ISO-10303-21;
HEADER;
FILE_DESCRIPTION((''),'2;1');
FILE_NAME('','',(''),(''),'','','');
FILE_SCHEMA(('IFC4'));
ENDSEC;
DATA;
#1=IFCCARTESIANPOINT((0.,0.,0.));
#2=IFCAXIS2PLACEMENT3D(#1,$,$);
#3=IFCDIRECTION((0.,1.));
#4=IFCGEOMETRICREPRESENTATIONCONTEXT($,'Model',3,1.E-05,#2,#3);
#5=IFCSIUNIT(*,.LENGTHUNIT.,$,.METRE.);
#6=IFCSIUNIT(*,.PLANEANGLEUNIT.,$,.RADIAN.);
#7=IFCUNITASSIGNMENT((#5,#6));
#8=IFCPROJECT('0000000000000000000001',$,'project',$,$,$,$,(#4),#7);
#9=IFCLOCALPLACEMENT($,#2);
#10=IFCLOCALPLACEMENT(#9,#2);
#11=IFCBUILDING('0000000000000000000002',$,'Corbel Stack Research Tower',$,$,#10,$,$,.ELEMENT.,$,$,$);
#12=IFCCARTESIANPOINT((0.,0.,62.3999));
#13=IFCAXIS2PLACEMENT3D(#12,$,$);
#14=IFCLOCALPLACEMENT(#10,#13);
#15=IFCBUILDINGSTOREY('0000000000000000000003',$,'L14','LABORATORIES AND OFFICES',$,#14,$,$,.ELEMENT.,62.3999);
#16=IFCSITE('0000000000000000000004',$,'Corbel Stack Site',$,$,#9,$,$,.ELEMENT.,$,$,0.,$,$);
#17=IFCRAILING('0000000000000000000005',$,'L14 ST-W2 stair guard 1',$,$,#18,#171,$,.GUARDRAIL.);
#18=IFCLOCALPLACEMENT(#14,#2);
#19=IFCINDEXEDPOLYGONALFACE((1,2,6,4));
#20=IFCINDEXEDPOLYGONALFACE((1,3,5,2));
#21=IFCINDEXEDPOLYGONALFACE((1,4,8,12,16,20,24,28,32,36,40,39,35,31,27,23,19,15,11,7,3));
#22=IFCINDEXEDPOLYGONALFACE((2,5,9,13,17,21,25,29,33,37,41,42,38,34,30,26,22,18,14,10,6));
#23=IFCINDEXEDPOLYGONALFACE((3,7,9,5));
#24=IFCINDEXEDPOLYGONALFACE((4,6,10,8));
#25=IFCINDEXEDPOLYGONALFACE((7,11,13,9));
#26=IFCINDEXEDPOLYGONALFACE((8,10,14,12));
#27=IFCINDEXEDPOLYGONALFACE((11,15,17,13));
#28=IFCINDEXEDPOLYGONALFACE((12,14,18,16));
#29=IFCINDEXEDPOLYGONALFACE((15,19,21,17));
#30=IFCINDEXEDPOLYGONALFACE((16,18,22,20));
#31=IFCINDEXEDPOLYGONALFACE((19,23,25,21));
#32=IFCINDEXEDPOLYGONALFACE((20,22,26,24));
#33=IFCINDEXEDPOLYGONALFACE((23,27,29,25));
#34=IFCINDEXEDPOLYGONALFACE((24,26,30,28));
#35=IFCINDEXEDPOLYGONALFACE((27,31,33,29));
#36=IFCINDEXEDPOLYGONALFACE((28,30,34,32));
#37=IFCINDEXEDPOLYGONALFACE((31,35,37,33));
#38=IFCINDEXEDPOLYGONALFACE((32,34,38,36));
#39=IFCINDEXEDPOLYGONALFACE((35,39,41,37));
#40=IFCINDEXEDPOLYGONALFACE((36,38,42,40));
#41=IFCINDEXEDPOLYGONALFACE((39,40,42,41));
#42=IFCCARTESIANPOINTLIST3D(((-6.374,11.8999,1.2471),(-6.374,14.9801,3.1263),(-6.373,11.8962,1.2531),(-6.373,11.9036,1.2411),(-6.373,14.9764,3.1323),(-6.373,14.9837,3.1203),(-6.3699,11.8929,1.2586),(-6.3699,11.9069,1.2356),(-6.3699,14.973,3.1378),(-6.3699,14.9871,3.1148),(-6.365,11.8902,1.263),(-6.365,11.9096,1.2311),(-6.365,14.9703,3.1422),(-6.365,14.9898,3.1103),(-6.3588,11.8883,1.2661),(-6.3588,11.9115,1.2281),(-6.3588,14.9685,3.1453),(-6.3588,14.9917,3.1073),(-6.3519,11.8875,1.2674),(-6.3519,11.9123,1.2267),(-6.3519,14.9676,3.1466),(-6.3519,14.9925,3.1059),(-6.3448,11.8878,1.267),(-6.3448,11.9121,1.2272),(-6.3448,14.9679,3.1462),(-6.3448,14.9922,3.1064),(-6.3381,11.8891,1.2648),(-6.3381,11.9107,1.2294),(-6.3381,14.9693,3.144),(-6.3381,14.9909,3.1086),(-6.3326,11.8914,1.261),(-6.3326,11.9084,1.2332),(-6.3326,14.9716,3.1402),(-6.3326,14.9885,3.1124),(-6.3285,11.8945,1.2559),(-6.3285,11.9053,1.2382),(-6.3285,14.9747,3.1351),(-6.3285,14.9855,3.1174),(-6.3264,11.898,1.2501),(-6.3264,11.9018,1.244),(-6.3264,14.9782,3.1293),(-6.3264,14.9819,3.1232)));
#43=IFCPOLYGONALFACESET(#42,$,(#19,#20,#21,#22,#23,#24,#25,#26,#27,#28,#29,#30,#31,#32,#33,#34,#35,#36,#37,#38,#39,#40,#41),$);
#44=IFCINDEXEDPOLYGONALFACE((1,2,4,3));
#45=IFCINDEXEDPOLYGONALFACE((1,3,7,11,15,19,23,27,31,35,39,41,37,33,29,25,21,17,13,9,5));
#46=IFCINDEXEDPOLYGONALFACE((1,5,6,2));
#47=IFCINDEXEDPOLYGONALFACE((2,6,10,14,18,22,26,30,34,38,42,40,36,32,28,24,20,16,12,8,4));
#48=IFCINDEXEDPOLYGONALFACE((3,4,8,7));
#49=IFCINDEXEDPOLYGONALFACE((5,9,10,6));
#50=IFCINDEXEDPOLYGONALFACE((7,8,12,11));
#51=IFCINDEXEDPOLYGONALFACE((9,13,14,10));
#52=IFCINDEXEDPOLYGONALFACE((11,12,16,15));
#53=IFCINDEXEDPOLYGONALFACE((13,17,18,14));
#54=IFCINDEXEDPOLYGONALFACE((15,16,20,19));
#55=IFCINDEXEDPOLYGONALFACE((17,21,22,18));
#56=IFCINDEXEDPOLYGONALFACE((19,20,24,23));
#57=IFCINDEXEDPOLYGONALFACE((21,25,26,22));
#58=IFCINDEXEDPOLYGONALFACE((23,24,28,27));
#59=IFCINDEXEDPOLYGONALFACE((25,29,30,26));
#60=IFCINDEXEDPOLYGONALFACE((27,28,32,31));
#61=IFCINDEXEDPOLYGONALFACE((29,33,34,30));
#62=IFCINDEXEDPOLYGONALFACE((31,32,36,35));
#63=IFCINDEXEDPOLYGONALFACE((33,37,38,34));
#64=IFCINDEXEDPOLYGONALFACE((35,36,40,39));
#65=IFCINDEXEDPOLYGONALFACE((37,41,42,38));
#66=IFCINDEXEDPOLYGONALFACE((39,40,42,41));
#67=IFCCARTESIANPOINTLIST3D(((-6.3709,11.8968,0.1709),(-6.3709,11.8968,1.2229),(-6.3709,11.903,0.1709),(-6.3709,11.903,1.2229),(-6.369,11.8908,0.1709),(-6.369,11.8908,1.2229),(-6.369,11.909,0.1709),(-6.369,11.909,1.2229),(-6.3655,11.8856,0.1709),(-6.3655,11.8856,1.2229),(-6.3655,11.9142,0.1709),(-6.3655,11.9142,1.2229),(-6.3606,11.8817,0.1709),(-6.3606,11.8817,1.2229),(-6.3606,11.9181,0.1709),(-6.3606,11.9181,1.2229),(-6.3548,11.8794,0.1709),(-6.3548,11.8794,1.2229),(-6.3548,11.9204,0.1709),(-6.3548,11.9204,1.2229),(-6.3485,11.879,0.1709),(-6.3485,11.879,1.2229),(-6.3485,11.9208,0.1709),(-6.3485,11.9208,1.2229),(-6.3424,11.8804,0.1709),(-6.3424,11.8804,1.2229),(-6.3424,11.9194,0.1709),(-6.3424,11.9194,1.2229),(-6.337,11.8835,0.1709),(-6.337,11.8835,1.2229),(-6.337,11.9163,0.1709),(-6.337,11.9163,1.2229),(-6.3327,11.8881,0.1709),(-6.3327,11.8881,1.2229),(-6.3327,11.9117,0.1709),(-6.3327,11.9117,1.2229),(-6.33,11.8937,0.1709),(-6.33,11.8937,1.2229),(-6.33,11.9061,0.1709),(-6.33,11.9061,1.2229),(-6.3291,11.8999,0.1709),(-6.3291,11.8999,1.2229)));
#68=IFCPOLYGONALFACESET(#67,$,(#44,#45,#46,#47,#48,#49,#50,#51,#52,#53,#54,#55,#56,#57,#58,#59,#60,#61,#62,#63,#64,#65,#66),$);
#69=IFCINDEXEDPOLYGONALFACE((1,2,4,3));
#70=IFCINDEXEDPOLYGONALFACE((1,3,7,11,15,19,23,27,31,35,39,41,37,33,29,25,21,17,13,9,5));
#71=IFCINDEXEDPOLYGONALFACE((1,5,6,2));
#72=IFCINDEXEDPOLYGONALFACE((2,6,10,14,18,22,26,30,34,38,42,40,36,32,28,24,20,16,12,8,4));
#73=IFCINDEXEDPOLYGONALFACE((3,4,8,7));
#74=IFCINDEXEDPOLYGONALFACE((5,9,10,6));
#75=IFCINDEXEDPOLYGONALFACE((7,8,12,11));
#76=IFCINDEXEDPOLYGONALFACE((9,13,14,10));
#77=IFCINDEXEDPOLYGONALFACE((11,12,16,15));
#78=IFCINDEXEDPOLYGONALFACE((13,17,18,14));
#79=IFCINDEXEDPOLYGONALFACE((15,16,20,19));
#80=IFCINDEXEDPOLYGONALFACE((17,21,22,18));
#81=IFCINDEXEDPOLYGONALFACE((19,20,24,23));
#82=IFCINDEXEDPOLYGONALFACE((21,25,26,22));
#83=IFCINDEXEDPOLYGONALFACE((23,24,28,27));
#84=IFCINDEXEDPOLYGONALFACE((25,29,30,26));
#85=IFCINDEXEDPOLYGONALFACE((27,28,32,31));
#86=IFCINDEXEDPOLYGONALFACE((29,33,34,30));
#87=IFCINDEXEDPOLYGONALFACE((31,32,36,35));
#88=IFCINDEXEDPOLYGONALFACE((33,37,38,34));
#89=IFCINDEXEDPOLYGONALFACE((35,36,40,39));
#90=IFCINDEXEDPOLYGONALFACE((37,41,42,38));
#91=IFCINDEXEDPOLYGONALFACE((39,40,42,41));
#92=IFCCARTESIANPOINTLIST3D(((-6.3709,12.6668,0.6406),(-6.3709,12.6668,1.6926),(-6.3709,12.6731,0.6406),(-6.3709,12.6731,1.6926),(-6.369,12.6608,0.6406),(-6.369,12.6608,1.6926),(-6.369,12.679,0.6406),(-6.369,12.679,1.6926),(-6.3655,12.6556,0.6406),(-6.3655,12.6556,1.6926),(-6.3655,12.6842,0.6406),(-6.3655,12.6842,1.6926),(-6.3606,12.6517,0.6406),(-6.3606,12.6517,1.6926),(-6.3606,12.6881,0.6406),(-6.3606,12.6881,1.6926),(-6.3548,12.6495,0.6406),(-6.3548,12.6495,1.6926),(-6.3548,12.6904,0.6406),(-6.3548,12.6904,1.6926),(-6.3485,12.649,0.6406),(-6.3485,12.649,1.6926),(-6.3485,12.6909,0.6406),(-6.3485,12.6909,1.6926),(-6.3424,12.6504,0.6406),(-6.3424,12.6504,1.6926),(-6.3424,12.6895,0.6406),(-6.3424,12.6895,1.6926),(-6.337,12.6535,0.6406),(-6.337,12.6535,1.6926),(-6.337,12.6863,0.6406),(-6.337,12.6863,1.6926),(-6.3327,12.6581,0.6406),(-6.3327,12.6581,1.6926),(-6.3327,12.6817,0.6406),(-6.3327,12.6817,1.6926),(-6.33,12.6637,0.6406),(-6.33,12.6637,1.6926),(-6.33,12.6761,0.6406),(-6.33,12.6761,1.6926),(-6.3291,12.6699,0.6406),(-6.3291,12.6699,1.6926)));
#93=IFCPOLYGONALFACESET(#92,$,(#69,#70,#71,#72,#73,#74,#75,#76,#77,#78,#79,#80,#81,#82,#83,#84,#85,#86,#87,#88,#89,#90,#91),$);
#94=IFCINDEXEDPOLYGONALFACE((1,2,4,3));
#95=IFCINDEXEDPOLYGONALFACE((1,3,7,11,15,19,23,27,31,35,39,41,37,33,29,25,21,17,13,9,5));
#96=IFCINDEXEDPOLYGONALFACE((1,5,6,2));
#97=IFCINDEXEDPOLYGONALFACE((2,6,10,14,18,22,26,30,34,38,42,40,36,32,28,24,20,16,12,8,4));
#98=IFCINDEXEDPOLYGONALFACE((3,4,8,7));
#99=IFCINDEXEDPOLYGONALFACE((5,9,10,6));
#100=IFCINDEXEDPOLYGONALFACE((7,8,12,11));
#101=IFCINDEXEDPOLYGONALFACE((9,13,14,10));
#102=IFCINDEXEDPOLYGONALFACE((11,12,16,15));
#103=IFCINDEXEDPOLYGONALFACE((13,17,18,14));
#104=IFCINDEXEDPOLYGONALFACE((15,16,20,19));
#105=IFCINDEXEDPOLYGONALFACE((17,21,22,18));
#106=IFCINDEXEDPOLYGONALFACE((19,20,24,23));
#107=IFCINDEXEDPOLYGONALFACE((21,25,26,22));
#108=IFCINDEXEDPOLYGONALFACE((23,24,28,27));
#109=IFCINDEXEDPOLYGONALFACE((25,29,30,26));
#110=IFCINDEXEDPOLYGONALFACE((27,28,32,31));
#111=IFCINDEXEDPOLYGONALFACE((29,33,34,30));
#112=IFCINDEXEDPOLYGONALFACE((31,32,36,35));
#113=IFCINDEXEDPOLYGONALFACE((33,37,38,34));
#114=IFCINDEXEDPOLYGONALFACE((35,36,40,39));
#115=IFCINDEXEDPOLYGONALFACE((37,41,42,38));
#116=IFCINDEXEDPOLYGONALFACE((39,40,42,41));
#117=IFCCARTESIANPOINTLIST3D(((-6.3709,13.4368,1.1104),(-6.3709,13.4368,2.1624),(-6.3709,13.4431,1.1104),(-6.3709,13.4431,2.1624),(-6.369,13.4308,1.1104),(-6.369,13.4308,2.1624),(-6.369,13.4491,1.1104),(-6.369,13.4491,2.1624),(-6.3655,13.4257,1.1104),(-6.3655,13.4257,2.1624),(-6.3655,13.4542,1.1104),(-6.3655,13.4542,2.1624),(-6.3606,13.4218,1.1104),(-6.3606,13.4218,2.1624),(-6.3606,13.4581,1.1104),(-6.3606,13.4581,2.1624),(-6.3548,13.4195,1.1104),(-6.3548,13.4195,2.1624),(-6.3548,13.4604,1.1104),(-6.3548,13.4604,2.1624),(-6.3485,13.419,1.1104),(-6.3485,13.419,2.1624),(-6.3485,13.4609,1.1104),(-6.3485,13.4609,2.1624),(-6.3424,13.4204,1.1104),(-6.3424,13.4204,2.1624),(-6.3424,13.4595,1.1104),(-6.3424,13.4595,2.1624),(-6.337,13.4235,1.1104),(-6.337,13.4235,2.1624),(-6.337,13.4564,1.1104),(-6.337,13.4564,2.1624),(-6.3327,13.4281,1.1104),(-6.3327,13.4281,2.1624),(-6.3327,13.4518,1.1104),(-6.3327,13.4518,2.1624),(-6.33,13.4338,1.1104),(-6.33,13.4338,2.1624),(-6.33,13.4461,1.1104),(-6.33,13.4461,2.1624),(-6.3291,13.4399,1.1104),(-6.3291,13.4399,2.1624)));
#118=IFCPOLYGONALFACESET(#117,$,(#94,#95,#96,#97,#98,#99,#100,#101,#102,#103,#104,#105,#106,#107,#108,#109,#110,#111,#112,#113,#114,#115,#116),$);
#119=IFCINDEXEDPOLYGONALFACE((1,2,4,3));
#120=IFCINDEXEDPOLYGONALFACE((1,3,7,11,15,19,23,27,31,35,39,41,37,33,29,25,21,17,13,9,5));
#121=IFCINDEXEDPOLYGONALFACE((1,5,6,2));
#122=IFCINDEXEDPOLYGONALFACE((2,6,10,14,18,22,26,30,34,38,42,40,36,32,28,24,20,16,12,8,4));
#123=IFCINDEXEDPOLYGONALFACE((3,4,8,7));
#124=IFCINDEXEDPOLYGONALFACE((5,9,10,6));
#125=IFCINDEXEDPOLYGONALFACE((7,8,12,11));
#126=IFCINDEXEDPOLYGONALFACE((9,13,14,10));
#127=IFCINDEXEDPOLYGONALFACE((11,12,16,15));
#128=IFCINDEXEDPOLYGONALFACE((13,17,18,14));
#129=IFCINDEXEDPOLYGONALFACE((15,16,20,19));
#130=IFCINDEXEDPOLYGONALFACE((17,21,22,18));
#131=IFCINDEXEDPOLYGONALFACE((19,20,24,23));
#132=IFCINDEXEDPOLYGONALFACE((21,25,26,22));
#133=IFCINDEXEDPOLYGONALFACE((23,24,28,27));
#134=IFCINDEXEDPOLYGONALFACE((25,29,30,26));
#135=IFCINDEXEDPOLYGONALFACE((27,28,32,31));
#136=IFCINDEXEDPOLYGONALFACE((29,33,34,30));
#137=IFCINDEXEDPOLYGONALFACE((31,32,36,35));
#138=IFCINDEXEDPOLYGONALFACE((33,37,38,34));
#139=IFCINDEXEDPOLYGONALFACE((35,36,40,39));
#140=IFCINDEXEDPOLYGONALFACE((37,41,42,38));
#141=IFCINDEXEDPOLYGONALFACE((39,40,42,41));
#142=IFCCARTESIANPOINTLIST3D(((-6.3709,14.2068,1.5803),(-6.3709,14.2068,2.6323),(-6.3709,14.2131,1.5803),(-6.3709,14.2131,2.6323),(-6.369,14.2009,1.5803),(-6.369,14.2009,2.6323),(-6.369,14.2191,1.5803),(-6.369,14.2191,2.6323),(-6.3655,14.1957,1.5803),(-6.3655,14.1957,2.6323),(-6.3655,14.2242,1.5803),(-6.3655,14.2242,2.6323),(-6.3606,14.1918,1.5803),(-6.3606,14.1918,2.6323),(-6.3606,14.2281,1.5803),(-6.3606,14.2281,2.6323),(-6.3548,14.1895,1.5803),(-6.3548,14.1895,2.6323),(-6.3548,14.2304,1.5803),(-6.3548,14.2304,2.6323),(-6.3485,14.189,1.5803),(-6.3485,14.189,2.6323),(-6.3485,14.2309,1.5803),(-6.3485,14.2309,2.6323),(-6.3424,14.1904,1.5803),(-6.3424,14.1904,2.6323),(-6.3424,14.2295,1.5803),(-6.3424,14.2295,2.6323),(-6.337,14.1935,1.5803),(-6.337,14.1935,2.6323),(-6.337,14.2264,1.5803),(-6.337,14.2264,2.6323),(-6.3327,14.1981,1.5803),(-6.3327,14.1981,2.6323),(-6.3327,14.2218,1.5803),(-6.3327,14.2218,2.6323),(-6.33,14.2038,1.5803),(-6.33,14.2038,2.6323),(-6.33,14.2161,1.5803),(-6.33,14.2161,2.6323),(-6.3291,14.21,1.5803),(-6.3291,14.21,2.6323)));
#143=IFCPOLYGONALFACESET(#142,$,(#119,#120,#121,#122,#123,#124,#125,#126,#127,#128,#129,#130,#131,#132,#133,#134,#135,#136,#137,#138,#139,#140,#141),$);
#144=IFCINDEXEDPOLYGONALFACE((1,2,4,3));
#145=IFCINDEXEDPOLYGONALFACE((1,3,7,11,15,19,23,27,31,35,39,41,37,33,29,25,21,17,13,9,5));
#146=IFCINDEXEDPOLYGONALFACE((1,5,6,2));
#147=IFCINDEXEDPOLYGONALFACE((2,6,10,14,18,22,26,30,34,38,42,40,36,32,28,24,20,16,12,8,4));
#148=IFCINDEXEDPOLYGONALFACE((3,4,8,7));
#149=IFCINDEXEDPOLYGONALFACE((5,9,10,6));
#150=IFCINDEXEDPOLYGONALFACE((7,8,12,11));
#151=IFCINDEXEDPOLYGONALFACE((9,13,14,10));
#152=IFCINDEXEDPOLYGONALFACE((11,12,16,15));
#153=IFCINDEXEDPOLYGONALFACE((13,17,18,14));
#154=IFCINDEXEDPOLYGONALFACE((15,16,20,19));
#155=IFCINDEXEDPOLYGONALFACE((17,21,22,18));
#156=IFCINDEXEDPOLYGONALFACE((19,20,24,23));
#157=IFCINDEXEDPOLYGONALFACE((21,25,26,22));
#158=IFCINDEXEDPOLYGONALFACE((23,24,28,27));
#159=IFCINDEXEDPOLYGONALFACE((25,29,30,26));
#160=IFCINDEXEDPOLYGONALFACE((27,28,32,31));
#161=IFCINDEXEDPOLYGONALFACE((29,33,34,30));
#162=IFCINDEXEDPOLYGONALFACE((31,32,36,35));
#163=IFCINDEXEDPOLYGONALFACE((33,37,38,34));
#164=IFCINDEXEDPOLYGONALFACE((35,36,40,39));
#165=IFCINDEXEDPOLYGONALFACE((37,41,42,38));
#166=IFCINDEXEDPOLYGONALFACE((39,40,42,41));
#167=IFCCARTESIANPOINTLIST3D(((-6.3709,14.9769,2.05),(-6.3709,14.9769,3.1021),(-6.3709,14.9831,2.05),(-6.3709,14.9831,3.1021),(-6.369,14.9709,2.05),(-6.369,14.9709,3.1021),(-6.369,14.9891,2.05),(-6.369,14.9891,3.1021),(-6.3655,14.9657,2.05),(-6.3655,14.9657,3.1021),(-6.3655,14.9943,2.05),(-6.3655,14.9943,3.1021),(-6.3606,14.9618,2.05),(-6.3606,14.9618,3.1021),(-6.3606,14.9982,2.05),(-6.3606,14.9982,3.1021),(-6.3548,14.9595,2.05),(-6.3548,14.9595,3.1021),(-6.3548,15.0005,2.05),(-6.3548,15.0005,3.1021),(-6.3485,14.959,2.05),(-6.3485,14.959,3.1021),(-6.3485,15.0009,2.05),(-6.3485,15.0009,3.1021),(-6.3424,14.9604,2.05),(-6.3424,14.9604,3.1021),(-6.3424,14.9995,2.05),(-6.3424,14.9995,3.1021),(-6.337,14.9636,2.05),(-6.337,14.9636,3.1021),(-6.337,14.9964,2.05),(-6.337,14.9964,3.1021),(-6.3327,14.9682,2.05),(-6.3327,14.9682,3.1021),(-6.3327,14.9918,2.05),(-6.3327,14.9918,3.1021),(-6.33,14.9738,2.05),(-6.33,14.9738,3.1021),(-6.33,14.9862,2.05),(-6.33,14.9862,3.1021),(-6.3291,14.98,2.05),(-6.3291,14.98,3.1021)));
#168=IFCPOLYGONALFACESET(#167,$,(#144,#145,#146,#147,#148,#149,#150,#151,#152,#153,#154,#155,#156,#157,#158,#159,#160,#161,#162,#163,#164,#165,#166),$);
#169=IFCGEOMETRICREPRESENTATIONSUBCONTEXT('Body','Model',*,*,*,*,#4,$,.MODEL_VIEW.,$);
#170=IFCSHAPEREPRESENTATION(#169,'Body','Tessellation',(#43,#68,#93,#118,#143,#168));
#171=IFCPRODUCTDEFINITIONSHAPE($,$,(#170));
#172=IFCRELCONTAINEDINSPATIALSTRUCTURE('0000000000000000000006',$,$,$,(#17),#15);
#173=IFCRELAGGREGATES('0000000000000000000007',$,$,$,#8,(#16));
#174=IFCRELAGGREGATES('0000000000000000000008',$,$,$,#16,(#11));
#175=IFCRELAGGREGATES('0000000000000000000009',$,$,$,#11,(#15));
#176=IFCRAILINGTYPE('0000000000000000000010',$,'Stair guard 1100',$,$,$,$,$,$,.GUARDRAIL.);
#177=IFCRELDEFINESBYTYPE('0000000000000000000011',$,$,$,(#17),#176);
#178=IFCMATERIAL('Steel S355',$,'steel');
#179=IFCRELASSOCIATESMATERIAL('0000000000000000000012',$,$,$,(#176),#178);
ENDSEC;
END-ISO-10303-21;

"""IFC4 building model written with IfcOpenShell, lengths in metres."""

from ifc_helpers import new_model, si_unit, direction, frame, origin, origin_2d, place, context, subcontext, project, spatial, circle, extrude, material, type_object, element, save


model = new_model("IFC4")

# Units and contexts
model_context = context("Model", 3, precision=1e-05, world=origin(), true_north=direction((0.0, 1.0)))
body_context = subcontext(model_context, "Body", "Model", "MODEL_VIEW")
ifc_project = project(units=[si_unit("LENGTHUNIT", "METRE"), si_unit("PLANEANGLEUNIT", "RADIAN")], contexts=[model_context])

# Site, building, storey
site_placement = place(None, origin())
site = spatial("IfcSite", under=ifc_project, at=site_placement, Name="Corbel Stack Site", CompositionType="ELEMENT", RefElevation=0.0)
building_placement = place(site_placement, origin())
building = spatial("IfcBuilding", under=site, at=building_placement, Name="Corbel Stack Research Tower", CompositionType="ELEMENT")
storey_placement = place(building_placement, frame((0.0, 0.0, 62.3999)))
storey = spatial("IfcBuildingStorey", under=building, at=storey_placement, Name="L14", Description="LABORATORIES AND OFFICES", CompositionType="ELEMENT", Elevation=62.3999)

# Railing
ifc_material_1 = material(Name="Steel S355", Category="steel")
railing_type_1 = type_object("IfcRailingType", Name="Stair guard 1100", PredefinedType="GUARDRAIL", material=ifc_material_1)
railing_1_placement = place(storey_placement, frame((-6.3501, 11.8999, 0.1709)))
element("IfcRailing", 1, at=railing_1_placement, inside=storey, type_object=railing_type_1, Name="L14 ST-W2 stair guard 1", PredefinedType="GUARDRAIL", context=body_context, shape_type="SweptSolid", body=[
    extrude(circle(Radius=0.0239, at=origin_2d()), frame((0.0, 0.0, 1.0762), z_axis=(0.0, 0.853666, 0.52082), x_axis=(-1.0, 0.0, 0.0)), (0.0, 0.0, 1.0), 3.6082),
    extrude(circle(Radius=0.021, at=origin_2d()), origin(), (0.0, 0.0, 1.0), 1.052),
    extrude(circle(Radius=0.021, at=origin_2d()), frame((0.0, 0.77, 0.4697)), (0.0, 0.0, 1.0), 1.052),
    extrude(circle(Radius=0.021, at=origin_2d()), frame((0.0, 1.54, 0.9395)), (0.0, 0.0, 1.0), 1.052),
    extrude(circle(Radius=0.021, at=origin_2d()), frame((0.0, 2.3101, 1.4094)), (0.0, 0.0, 1.0), 1.052),
    extrude(circle(Radius=0.021, at=origin_2d()), frame((0.0, 3.0801, 1.8792)), (0.0, 0.0, 1.0), 1.052),
])

save(model, "model.ifc")
